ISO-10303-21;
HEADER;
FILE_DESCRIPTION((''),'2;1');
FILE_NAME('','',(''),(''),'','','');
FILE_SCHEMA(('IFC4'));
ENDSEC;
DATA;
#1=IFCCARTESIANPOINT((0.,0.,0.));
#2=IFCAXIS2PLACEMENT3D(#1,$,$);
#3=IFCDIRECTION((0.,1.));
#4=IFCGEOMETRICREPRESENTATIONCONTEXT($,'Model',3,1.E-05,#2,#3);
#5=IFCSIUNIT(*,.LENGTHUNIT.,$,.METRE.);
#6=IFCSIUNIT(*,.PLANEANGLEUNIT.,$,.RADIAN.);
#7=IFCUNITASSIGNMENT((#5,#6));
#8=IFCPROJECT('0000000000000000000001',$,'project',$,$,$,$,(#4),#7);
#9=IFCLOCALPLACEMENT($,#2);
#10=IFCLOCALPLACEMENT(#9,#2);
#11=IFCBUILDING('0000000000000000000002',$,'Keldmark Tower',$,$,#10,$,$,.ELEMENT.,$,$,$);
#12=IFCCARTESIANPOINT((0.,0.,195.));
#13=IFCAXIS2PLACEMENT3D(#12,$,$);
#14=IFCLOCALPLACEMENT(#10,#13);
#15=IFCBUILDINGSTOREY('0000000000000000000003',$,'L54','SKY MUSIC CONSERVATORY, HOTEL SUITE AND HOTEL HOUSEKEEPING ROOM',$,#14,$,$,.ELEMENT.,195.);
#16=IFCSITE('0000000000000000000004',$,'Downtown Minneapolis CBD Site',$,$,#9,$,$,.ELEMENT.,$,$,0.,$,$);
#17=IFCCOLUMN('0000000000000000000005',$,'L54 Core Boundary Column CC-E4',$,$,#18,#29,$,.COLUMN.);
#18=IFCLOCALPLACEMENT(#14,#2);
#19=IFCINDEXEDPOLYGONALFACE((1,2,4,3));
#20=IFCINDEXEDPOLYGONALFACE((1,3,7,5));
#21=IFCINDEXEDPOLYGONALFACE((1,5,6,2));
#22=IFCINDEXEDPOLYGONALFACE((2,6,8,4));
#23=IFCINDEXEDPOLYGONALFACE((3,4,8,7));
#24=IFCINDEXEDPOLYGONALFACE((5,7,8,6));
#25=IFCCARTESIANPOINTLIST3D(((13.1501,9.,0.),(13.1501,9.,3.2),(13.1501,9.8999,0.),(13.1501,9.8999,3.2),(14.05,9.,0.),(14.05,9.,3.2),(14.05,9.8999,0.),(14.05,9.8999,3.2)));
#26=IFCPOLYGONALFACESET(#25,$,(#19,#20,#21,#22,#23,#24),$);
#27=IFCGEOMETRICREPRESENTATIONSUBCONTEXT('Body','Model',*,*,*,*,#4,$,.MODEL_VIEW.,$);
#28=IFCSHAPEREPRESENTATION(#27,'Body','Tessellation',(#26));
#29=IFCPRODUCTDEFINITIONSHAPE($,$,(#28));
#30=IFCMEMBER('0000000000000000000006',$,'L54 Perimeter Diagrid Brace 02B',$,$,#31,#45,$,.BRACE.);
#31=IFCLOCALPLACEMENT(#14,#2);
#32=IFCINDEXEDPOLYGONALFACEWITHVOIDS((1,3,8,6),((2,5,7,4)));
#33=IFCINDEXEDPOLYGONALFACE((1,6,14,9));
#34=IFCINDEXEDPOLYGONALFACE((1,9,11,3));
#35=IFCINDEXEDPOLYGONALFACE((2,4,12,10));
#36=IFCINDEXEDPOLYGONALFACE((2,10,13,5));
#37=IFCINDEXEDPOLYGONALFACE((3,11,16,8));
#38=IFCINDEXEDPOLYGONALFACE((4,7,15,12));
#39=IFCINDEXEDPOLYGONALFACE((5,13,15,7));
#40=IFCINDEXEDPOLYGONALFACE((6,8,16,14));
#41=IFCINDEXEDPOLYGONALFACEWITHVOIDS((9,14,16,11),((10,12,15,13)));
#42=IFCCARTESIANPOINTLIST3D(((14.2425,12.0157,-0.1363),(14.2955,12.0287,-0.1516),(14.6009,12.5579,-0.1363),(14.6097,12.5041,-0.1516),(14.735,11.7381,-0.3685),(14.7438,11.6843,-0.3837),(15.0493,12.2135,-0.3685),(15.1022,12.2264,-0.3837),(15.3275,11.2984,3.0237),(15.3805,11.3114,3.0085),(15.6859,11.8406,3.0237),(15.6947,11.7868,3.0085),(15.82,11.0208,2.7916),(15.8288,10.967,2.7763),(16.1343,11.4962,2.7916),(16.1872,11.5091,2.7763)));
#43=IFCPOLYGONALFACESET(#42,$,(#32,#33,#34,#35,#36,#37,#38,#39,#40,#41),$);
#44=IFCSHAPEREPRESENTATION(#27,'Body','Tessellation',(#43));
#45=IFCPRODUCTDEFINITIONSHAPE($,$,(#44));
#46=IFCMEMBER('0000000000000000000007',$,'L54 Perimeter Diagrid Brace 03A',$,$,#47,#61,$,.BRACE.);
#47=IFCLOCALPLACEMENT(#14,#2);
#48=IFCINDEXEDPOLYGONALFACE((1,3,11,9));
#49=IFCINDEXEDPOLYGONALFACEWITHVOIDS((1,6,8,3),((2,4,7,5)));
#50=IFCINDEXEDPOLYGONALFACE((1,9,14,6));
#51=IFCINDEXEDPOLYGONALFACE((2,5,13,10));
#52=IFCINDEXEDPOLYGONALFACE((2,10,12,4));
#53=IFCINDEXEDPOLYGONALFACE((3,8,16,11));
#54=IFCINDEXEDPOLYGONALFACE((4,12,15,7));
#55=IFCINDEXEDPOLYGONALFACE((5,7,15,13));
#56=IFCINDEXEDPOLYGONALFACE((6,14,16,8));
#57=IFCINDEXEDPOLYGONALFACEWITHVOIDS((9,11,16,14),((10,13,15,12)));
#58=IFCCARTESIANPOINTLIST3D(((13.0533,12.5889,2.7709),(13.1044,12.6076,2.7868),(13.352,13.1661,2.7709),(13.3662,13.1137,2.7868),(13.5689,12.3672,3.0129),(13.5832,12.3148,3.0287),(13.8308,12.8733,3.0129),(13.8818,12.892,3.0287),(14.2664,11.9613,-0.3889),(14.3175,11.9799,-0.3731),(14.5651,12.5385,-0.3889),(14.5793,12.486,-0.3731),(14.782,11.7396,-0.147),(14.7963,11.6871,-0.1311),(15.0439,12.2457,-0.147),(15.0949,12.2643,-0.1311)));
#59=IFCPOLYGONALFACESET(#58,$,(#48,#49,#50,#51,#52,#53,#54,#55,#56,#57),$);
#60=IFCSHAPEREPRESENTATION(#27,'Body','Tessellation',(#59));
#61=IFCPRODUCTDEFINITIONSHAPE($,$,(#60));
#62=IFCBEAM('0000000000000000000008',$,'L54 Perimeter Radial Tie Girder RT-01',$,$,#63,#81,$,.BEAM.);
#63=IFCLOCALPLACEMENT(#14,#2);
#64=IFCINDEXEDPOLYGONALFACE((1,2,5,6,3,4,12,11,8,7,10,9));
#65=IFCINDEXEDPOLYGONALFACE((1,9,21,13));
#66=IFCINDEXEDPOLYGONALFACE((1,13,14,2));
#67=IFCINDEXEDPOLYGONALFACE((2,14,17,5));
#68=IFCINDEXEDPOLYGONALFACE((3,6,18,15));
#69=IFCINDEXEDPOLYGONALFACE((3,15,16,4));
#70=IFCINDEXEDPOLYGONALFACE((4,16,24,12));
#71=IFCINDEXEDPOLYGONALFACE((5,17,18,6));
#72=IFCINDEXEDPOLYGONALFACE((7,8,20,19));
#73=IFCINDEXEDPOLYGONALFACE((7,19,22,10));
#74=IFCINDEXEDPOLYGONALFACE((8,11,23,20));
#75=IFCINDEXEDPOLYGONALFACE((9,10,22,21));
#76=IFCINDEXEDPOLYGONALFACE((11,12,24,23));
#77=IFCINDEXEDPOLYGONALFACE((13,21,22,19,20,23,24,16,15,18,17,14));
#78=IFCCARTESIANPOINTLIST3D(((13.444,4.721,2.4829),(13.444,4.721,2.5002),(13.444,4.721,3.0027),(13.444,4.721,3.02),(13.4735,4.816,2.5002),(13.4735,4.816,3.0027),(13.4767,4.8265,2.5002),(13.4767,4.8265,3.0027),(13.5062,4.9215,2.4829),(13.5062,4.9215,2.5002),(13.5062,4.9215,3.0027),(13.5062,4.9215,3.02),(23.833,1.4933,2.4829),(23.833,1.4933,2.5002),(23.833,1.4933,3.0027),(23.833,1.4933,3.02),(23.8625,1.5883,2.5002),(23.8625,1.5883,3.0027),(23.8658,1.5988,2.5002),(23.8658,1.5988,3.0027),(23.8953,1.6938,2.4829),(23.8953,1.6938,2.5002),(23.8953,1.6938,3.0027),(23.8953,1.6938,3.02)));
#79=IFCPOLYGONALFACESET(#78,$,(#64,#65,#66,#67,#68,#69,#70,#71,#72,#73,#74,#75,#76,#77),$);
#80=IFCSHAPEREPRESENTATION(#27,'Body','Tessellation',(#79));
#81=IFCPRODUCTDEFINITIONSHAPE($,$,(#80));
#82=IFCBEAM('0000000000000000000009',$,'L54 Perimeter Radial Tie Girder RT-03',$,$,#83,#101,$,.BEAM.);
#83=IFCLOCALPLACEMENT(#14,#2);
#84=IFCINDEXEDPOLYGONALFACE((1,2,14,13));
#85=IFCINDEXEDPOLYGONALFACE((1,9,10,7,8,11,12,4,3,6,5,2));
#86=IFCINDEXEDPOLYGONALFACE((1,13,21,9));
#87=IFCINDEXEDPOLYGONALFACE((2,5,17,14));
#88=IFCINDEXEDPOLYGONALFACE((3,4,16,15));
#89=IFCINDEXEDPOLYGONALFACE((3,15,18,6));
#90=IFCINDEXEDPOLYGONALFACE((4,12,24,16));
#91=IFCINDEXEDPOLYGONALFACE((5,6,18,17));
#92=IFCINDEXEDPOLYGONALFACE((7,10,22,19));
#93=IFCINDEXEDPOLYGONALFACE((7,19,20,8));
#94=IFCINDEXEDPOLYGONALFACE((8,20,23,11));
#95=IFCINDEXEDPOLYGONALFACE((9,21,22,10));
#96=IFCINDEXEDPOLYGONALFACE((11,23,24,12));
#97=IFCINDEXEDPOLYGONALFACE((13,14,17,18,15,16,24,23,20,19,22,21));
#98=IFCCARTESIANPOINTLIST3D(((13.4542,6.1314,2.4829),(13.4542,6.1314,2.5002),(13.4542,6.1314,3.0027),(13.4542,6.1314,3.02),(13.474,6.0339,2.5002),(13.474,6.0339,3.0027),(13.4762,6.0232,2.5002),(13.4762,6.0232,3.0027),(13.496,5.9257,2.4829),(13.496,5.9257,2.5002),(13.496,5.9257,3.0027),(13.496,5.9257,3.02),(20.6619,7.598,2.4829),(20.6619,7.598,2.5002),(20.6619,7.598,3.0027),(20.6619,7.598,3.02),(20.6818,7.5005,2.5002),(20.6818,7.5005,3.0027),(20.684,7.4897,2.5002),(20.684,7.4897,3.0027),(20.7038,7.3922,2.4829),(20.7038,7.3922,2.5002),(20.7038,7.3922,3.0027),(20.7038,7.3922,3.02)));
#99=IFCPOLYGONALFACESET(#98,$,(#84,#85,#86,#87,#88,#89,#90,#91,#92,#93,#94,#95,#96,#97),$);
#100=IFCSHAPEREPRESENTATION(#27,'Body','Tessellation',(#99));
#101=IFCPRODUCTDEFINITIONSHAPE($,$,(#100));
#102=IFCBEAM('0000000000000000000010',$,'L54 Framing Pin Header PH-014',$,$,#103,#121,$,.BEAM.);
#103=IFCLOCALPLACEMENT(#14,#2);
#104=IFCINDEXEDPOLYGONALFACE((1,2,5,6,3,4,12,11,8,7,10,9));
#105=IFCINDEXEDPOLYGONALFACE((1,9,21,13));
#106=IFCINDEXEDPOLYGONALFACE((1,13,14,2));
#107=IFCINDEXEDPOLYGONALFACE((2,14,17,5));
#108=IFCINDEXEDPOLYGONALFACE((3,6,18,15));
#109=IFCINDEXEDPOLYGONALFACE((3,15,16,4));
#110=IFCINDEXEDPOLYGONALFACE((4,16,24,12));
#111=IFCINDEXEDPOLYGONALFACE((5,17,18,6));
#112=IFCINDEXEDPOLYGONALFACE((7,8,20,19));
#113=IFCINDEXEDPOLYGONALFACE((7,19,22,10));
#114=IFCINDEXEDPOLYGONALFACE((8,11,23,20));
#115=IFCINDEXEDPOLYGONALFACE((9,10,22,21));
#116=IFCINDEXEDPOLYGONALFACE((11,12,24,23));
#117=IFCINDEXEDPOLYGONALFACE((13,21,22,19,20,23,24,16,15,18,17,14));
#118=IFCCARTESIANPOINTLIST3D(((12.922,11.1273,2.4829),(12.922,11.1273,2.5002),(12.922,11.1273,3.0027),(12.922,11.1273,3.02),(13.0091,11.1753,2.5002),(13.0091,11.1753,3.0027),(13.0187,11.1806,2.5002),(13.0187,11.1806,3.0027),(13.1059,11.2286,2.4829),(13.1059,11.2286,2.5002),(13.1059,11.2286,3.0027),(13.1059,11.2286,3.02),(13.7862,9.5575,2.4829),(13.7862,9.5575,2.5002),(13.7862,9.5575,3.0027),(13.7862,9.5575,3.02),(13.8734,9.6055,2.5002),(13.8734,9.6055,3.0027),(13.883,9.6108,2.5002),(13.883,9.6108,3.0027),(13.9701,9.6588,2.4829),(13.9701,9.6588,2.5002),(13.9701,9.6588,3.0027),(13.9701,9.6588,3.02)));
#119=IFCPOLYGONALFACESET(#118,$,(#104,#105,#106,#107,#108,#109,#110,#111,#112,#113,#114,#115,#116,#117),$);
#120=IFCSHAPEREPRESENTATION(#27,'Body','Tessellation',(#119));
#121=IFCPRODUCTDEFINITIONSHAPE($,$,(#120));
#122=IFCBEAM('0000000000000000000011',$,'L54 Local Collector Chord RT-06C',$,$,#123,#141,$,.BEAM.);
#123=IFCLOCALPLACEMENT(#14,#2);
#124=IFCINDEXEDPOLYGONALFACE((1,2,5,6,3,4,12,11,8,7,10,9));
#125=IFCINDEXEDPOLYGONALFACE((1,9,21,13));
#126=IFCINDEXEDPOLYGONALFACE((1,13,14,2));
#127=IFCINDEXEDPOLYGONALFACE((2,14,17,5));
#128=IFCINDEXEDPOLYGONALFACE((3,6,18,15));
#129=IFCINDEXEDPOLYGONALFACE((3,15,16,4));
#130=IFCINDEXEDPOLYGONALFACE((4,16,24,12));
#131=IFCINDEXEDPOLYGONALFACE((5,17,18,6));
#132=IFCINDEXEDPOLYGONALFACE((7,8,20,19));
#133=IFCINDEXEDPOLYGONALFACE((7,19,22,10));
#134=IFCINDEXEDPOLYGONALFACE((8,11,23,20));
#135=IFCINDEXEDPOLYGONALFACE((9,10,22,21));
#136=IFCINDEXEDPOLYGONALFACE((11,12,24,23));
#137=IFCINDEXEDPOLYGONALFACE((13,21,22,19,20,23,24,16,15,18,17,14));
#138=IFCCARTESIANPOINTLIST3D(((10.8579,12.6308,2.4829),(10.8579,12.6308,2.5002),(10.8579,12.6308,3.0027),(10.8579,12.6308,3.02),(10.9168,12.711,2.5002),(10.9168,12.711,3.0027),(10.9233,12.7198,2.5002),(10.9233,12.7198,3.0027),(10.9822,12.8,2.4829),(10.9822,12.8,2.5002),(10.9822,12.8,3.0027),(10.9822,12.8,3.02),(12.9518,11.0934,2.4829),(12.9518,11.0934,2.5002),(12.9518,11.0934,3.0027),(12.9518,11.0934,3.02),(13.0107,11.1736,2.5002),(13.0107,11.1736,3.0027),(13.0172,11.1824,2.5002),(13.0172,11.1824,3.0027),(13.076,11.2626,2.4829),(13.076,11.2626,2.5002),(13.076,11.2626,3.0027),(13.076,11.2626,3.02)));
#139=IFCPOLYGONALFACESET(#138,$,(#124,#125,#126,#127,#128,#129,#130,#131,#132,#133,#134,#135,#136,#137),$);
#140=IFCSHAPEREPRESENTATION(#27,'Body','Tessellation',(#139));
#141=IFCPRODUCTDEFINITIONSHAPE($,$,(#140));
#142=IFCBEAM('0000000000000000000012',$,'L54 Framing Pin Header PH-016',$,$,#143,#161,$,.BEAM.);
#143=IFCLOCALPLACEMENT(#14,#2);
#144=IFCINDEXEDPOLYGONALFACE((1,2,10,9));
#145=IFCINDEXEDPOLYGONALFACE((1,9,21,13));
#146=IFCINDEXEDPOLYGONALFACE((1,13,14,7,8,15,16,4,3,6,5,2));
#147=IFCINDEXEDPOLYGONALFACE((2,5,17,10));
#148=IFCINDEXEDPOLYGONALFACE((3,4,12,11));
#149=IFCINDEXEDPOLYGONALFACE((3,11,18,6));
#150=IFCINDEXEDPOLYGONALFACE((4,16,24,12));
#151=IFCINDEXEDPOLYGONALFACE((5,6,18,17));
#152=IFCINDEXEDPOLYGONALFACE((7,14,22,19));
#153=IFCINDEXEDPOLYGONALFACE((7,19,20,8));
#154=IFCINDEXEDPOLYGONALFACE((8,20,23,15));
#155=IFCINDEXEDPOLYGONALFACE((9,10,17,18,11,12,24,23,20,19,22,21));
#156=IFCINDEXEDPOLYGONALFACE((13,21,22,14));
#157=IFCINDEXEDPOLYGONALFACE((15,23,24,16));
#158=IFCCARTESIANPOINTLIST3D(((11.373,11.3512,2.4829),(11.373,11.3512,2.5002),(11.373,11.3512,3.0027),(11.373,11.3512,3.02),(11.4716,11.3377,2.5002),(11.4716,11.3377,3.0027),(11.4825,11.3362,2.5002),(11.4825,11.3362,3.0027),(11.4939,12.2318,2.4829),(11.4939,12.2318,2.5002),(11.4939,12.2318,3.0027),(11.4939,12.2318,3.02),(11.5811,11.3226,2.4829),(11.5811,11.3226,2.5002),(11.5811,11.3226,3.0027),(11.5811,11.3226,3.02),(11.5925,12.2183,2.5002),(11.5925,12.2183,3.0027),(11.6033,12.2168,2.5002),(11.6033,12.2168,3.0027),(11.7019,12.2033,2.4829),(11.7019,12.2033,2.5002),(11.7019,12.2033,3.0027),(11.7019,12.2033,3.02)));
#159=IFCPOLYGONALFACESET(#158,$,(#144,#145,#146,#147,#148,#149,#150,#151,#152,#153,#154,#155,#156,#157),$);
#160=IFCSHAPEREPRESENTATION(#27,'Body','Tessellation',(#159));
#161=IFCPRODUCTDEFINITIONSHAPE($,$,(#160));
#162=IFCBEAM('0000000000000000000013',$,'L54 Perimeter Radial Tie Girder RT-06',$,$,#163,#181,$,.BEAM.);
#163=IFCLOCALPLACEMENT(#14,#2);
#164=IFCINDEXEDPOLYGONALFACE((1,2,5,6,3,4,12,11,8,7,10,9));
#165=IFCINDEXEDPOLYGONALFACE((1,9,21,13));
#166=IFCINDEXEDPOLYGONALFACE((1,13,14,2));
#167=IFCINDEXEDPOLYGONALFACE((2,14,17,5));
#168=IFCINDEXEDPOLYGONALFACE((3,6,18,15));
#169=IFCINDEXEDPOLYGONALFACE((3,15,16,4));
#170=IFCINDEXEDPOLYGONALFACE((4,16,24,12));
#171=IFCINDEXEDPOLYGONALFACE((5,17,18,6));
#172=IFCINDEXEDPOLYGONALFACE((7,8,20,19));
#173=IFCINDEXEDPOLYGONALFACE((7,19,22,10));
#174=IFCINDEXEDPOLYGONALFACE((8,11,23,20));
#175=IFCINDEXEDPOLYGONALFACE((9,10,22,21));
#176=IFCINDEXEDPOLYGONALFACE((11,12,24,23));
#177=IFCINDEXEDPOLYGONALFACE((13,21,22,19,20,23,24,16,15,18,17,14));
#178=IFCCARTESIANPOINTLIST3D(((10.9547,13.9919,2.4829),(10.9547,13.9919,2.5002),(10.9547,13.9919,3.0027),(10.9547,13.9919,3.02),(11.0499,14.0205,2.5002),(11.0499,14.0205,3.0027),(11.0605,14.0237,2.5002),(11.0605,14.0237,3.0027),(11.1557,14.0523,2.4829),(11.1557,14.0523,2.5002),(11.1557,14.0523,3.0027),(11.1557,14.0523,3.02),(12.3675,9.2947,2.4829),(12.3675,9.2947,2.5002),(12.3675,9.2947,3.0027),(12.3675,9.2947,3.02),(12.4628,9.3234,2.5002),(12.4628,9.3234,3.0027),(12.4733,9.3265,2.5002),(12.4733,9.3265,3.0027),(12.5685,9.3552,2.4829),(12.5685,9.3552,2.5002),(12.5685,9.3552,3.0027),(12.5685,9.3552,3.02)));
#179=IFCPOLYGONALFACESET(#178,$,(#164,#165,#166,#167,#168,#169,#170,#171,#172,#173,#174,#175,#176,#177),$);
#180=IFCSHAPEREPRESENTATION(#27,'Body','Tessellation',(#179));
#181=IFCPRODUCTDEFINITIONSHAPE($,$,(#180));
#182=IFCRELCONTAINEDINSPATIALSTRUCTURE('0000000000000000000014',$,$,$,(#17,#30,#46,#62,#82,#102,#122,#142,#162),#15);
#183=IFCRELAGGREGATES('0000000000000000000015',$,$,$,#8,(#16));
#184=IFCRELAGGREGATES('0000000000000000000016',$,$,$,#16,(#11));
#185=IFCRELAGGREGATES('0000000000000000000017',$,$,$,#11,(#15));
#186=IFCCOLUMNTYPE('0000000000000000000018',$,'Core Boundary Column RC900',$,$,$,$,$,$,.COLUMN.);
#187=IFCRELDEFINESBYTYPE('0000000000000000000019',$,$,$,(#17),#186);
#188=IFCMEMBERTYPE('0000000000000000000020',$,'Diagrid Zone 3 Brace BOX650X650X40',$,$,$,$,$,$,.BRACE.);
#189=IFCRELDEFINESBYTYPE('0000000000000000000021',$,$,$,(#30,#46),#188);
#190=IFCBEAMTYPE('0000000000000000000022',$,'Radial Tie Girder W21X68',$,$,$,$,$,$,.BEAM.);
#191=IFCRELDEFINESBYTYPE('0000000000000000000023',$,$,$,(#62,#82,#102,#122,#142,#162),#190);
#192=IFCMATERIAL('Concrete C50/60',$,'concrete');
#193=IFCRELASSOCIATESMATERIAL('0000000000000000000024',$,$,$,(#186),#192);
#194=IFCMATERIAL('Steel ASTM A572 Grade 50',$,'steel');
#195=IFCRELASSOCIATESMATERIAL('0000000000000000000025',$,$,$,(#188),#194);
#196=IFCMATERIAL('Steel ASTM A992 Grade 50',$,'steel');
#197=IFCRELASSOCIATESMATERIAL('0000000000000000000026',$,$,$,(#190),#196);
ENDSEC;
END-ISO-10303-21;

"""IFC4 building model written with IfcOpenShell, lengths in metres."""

from ifc_helpers import new_model, si_unit, direction, frame, origin, origin_2d, place, context, subcontext, project, spatial, rectangle, hollow_rectangle, i_section, extrude, material, material_profile, profile_set, type_object, element, save


model = new_model("IFC4")

# Units and contexts
model_context = context("Model", 3, precision=1e-05, world=origin(), true_north=direction((0.0, 1.0)))
body_context = subcontext(model_context, "Body", "Model", "MODEL_VIEW")
ifc_project = project(units=[si_unit("LENGTHUNIT", "METRE"), si_unit("PLANEANGLEUNIT", "RADIAN")], contexts=[model_context])

# Site, building, storey
site_placement = place(None, origin())
site = spatial("IfcSite", under=ifc_project, at=site_placement, Name="Downtown Minneapolis CBD Site", CompositionType="ELEMENT", RefElevation=0.0)
building_placement = place(site_placement, origin())
building = spatial("IfcBuilding", under=site, at=building_placement, Name="Keldmark Tower", CompositionType="ELEMENT")
storey_placement = place(building_placement, frame((0.0, 0.0, 195.0)))
storey = spatial("IfcBuildingStorey", under=building, at=storey_placement, Name="L54", Description="SKY MUSIC CONSERVATORY, HOTEL SUITE AND HOTEL HOUSEKEEPING ROOM", CompositionType="ELEMENT", Elevation=195.0)

# Column
ifc_material_1 = material(Name="Concrete C50/60", Category="concrete")
ifc_material_profile_1 = material_profile(ifc_material_1, rectangle(XDim=0.8999, YDim=0.8999, at=origin_2d()), Name="RC900X900")
ifc_profile_set_1 = profile_set([ifc_material_profile_1], Name="Concrete C50/60")
column_type = type_object("IfcColumnType", Name="Core Boundary Column RC900", PredefinedType="COLUMN", material=ifc_profile_set_1)
column_placement = place(storey_placement, frame((13.6001, 9.45, 0.0), z_axis=(0.0, 0.0, 1.0), x_axis=(1.0, 0.0, 0.0)))
element("IfcColumn", 1, at=column_placement, inside=storey, type_object=column_type, Name="L54 Core Boundary Column CC-E4", PredefinedType="COLUMN", context=body_context, shape_type="SweptSolid", body=[
    extrude(rectangle(XDim=0.8999, YDim=0.8999, at=origin_2d()), origin(), (0.0, 0.0, 1.0), 3.2),
])

# Members
ifc_material_2 = material(Name="Steel ASTM A572 Grade 50", Category="steel")
ifc_material_profile_2 = material_profile(ifc_material_2, hollow_rectangle(XDim=0.6499, YDim=0.6499, WallThickness=0.04, at=origin_2d()), Name="BOX650X650X40")
ifc_profile_set_2 = profile_set([ifc_material_profile_2], Name="Steel ASTM A572 Grade 50")
member_type = type_object("IfcMemberType", Name="Diagrid Zone 3 Brace BOX650X650X40", PredefinedType="BRACE", material=ifc_profile_set_2)
member_1_placement = place(storey_placement, frame((14.6724, 12.1211, -0.26), z_axis=(0.317508, -0.20991, 0.924731), x_axis=(0.551491, 0.834181, 0.0)))
element("IfcMember", 2, at=member_1_placement, inside=storey, type_object=member_type, Name="L54 Perimeter Diagrid Brace 02B", PredefinedType="BRACE", context=body_context, shape_type="SweptSolid", body=[
    extrude(hollow_rectangle(XDim=0.6499, YDim=0.6499, WallThickness=0.04, at=origin_2d()), origin(), (0.0, 0.0, 1.0), 3.4172),
])
member_2_placement = place(storey_placement, frame((14.6807, 12.1128, -0.26), z_axis=(-0.3524, 0.182335, 0.917915), x_axis=(-0.45954, -0.888157, 0.0)))
element("IfcMember", 3, at=member_2_placement, inside=storey, type_object=member_type, Name="L54 Perimeter Diagrid Brace 03A", PredefinedType="BRACE", context=body_context, shape_type="SweptSolid", body=[
    extrude(hollow_rectangle(XDim=0.6499, YDim=0.6499, WallThickness=0.04, at=origin_2d()), origin(), (0.0, 0.0, 1.0), 3.4424),
])

# Beams
ifc_material_3 = material(Name="Steel ASTM A992 Grade 50", Category="steel")
ifc_material_profile_3 = material_profile(ifc_material_3, i_section(OverallWidth=0.21, OverallDepth=0.5371, WebThickness=0.011, FlangeThickness=0.0173, at=origin_2d()), Name="W21X68")
ifc_profile_set_3 = profile_set([ifc_material_profile_3], Name="Steel ASTM A992 Grade 50")
beam_type_1 = type_object("IfcBeamType", Name="Radial Tie Girder W21X68", PredefinedType="BEAM", material=ifc_profile_set_3)
beam_1_placement = place(storey_placement, frame((13.4751, 4.8213, 2.7515), z_axis=(0.954971, -0.296698, 0.0), x_axis=(0.296698, 0.954971, 0.0)))
element("IfcBeam", 4, at=beam_1_placement, inside=storey, type_object=beam_type_1, Name="L54 Perimeter Radial Tie Girder RT-01", PredefinedType="BEAM", context=body_context, shape_type="SweptSolid", body=[
    extrude(i_section(OverallWidth=0.21, OverallDepth=0.5371, WebThickness=0.011, FlangeThickness=0.0173, at=origin_2d()), origin(), (0.0, 0.0, 1.0), 10.8789),
])
beam_2_placement = place(storey_placement, frame((13.4751, 6.0286, 2.7515), z_axis=(0.979922, 0.199383, 0.0), x_axis=(-0.199383, 0.979922, 0.0)))
element("IfcBeam", 5, at=beam_2_placement, inside=storey, type_object=beam_type_1, Name="L54 Perimeter Radial Tie Girder RT-03", PredefinedType="BEAM", context=body_context, shape_type="SweptSolid", body=[
    extrude(i_section(OverallWidth=0.21, OverallDepth=0.5371, WebThickness=0.011, FlangeThickness=0.0173, at=origin_2d()), origin(), (0.0, 0.0, 1.0), 7.3555),
])
beam_3_placement = place(storey_placement, frame((13.8782, 9.6082, 2.7515), z_axis=(-0.482285, 0.876014, 0.0), x_axis=(-0.876014, -0.482285, 0.0)))
element("IfcBeam", 6, at=beam_3_placement, inside=storey, type_object=beam_type_1, Name="L54 Framing Pin Header PH-014", PredefinedType="BEAM", context=body_context, shape_type="SweptSolid", body=[
    extrude(i_section(OverallWidth=0.21, OverallDepth=0.5371, WebThickness=0.011, FlangeThickness=0.0173, at=origin_2d()), origin(), (0.0, 0.0, 1.0), 1.792),
])
beam_4_placement = place(storey_placement, frame((13.0139, 11.178, 2.7515), z_axis=(-0.806049, 0.591848, 0.0), x_axis=(-0.591848, -0.806049, 0.0)))
element("IfcBeam", 7, at=beam_4_placement, inside=storey, type_object=beam_type_1, Name="L54 Local Collector Chord RT-06C", PredefinedType="BEAM", context=body_context, shape_type="SweptSolid", body=[
    extrude(i_section(OverallWidth=0.21, OverallDepth=0.5371, WebThickness=0.011, FlangeThickness=0.0173, at=origin_2d()), origin(), (0.0, 0.0, 1.0), 2.5977),
])
beam_5_placement = place(storey_placement, frame((11.4771, 11.3369, 2.7515), z_axis=(0.135959, 0.990714, 0.0), x_axis=(-0.990714, 0.135959, 0.0)))
element("IfcBeam", 8, at=beam_5_placement, inside=storey, type_object=beam_type_1, Name="L54 Framing Pin Header PH-016", PredefinedType="BEAM", context=body_context, shape_type="SweptSolid", body=[
    extrude(i_section(OverallWidth=0.21, OverallDepth=0.5371, WebThickness=0.011, FlangeThickness=0.0173, at=origin_2d()), origin(), (0.0, 0.0, 1.0), 0.8889),
])
beam_6_placement = place(storey_placement, frame((12.468, 9.325, 2.7515), z_axis=(-0.288033, 0.957621, 0.0), x_axis=(-0.957621, -0.288033, 0.0)))
element("IfcBeam", 9, at=beam_6_placement, inside=storey, type_object=beam_type_1, Name="L54 Perimeter Radial Tie Girder RT-06", PredefinedType="BEAM", context=body_context, shape_type="SweptSolid", body=[
    extrude(i_section(OverallWidth=0.21, OverallDepth=0.5371, WebThickness=0.011, FlangeThickness=0.0173, at=origin_2d()), origin(), (0.0, 0.0, 1.0), 4.905),
])

save(model, "model.ifc")
